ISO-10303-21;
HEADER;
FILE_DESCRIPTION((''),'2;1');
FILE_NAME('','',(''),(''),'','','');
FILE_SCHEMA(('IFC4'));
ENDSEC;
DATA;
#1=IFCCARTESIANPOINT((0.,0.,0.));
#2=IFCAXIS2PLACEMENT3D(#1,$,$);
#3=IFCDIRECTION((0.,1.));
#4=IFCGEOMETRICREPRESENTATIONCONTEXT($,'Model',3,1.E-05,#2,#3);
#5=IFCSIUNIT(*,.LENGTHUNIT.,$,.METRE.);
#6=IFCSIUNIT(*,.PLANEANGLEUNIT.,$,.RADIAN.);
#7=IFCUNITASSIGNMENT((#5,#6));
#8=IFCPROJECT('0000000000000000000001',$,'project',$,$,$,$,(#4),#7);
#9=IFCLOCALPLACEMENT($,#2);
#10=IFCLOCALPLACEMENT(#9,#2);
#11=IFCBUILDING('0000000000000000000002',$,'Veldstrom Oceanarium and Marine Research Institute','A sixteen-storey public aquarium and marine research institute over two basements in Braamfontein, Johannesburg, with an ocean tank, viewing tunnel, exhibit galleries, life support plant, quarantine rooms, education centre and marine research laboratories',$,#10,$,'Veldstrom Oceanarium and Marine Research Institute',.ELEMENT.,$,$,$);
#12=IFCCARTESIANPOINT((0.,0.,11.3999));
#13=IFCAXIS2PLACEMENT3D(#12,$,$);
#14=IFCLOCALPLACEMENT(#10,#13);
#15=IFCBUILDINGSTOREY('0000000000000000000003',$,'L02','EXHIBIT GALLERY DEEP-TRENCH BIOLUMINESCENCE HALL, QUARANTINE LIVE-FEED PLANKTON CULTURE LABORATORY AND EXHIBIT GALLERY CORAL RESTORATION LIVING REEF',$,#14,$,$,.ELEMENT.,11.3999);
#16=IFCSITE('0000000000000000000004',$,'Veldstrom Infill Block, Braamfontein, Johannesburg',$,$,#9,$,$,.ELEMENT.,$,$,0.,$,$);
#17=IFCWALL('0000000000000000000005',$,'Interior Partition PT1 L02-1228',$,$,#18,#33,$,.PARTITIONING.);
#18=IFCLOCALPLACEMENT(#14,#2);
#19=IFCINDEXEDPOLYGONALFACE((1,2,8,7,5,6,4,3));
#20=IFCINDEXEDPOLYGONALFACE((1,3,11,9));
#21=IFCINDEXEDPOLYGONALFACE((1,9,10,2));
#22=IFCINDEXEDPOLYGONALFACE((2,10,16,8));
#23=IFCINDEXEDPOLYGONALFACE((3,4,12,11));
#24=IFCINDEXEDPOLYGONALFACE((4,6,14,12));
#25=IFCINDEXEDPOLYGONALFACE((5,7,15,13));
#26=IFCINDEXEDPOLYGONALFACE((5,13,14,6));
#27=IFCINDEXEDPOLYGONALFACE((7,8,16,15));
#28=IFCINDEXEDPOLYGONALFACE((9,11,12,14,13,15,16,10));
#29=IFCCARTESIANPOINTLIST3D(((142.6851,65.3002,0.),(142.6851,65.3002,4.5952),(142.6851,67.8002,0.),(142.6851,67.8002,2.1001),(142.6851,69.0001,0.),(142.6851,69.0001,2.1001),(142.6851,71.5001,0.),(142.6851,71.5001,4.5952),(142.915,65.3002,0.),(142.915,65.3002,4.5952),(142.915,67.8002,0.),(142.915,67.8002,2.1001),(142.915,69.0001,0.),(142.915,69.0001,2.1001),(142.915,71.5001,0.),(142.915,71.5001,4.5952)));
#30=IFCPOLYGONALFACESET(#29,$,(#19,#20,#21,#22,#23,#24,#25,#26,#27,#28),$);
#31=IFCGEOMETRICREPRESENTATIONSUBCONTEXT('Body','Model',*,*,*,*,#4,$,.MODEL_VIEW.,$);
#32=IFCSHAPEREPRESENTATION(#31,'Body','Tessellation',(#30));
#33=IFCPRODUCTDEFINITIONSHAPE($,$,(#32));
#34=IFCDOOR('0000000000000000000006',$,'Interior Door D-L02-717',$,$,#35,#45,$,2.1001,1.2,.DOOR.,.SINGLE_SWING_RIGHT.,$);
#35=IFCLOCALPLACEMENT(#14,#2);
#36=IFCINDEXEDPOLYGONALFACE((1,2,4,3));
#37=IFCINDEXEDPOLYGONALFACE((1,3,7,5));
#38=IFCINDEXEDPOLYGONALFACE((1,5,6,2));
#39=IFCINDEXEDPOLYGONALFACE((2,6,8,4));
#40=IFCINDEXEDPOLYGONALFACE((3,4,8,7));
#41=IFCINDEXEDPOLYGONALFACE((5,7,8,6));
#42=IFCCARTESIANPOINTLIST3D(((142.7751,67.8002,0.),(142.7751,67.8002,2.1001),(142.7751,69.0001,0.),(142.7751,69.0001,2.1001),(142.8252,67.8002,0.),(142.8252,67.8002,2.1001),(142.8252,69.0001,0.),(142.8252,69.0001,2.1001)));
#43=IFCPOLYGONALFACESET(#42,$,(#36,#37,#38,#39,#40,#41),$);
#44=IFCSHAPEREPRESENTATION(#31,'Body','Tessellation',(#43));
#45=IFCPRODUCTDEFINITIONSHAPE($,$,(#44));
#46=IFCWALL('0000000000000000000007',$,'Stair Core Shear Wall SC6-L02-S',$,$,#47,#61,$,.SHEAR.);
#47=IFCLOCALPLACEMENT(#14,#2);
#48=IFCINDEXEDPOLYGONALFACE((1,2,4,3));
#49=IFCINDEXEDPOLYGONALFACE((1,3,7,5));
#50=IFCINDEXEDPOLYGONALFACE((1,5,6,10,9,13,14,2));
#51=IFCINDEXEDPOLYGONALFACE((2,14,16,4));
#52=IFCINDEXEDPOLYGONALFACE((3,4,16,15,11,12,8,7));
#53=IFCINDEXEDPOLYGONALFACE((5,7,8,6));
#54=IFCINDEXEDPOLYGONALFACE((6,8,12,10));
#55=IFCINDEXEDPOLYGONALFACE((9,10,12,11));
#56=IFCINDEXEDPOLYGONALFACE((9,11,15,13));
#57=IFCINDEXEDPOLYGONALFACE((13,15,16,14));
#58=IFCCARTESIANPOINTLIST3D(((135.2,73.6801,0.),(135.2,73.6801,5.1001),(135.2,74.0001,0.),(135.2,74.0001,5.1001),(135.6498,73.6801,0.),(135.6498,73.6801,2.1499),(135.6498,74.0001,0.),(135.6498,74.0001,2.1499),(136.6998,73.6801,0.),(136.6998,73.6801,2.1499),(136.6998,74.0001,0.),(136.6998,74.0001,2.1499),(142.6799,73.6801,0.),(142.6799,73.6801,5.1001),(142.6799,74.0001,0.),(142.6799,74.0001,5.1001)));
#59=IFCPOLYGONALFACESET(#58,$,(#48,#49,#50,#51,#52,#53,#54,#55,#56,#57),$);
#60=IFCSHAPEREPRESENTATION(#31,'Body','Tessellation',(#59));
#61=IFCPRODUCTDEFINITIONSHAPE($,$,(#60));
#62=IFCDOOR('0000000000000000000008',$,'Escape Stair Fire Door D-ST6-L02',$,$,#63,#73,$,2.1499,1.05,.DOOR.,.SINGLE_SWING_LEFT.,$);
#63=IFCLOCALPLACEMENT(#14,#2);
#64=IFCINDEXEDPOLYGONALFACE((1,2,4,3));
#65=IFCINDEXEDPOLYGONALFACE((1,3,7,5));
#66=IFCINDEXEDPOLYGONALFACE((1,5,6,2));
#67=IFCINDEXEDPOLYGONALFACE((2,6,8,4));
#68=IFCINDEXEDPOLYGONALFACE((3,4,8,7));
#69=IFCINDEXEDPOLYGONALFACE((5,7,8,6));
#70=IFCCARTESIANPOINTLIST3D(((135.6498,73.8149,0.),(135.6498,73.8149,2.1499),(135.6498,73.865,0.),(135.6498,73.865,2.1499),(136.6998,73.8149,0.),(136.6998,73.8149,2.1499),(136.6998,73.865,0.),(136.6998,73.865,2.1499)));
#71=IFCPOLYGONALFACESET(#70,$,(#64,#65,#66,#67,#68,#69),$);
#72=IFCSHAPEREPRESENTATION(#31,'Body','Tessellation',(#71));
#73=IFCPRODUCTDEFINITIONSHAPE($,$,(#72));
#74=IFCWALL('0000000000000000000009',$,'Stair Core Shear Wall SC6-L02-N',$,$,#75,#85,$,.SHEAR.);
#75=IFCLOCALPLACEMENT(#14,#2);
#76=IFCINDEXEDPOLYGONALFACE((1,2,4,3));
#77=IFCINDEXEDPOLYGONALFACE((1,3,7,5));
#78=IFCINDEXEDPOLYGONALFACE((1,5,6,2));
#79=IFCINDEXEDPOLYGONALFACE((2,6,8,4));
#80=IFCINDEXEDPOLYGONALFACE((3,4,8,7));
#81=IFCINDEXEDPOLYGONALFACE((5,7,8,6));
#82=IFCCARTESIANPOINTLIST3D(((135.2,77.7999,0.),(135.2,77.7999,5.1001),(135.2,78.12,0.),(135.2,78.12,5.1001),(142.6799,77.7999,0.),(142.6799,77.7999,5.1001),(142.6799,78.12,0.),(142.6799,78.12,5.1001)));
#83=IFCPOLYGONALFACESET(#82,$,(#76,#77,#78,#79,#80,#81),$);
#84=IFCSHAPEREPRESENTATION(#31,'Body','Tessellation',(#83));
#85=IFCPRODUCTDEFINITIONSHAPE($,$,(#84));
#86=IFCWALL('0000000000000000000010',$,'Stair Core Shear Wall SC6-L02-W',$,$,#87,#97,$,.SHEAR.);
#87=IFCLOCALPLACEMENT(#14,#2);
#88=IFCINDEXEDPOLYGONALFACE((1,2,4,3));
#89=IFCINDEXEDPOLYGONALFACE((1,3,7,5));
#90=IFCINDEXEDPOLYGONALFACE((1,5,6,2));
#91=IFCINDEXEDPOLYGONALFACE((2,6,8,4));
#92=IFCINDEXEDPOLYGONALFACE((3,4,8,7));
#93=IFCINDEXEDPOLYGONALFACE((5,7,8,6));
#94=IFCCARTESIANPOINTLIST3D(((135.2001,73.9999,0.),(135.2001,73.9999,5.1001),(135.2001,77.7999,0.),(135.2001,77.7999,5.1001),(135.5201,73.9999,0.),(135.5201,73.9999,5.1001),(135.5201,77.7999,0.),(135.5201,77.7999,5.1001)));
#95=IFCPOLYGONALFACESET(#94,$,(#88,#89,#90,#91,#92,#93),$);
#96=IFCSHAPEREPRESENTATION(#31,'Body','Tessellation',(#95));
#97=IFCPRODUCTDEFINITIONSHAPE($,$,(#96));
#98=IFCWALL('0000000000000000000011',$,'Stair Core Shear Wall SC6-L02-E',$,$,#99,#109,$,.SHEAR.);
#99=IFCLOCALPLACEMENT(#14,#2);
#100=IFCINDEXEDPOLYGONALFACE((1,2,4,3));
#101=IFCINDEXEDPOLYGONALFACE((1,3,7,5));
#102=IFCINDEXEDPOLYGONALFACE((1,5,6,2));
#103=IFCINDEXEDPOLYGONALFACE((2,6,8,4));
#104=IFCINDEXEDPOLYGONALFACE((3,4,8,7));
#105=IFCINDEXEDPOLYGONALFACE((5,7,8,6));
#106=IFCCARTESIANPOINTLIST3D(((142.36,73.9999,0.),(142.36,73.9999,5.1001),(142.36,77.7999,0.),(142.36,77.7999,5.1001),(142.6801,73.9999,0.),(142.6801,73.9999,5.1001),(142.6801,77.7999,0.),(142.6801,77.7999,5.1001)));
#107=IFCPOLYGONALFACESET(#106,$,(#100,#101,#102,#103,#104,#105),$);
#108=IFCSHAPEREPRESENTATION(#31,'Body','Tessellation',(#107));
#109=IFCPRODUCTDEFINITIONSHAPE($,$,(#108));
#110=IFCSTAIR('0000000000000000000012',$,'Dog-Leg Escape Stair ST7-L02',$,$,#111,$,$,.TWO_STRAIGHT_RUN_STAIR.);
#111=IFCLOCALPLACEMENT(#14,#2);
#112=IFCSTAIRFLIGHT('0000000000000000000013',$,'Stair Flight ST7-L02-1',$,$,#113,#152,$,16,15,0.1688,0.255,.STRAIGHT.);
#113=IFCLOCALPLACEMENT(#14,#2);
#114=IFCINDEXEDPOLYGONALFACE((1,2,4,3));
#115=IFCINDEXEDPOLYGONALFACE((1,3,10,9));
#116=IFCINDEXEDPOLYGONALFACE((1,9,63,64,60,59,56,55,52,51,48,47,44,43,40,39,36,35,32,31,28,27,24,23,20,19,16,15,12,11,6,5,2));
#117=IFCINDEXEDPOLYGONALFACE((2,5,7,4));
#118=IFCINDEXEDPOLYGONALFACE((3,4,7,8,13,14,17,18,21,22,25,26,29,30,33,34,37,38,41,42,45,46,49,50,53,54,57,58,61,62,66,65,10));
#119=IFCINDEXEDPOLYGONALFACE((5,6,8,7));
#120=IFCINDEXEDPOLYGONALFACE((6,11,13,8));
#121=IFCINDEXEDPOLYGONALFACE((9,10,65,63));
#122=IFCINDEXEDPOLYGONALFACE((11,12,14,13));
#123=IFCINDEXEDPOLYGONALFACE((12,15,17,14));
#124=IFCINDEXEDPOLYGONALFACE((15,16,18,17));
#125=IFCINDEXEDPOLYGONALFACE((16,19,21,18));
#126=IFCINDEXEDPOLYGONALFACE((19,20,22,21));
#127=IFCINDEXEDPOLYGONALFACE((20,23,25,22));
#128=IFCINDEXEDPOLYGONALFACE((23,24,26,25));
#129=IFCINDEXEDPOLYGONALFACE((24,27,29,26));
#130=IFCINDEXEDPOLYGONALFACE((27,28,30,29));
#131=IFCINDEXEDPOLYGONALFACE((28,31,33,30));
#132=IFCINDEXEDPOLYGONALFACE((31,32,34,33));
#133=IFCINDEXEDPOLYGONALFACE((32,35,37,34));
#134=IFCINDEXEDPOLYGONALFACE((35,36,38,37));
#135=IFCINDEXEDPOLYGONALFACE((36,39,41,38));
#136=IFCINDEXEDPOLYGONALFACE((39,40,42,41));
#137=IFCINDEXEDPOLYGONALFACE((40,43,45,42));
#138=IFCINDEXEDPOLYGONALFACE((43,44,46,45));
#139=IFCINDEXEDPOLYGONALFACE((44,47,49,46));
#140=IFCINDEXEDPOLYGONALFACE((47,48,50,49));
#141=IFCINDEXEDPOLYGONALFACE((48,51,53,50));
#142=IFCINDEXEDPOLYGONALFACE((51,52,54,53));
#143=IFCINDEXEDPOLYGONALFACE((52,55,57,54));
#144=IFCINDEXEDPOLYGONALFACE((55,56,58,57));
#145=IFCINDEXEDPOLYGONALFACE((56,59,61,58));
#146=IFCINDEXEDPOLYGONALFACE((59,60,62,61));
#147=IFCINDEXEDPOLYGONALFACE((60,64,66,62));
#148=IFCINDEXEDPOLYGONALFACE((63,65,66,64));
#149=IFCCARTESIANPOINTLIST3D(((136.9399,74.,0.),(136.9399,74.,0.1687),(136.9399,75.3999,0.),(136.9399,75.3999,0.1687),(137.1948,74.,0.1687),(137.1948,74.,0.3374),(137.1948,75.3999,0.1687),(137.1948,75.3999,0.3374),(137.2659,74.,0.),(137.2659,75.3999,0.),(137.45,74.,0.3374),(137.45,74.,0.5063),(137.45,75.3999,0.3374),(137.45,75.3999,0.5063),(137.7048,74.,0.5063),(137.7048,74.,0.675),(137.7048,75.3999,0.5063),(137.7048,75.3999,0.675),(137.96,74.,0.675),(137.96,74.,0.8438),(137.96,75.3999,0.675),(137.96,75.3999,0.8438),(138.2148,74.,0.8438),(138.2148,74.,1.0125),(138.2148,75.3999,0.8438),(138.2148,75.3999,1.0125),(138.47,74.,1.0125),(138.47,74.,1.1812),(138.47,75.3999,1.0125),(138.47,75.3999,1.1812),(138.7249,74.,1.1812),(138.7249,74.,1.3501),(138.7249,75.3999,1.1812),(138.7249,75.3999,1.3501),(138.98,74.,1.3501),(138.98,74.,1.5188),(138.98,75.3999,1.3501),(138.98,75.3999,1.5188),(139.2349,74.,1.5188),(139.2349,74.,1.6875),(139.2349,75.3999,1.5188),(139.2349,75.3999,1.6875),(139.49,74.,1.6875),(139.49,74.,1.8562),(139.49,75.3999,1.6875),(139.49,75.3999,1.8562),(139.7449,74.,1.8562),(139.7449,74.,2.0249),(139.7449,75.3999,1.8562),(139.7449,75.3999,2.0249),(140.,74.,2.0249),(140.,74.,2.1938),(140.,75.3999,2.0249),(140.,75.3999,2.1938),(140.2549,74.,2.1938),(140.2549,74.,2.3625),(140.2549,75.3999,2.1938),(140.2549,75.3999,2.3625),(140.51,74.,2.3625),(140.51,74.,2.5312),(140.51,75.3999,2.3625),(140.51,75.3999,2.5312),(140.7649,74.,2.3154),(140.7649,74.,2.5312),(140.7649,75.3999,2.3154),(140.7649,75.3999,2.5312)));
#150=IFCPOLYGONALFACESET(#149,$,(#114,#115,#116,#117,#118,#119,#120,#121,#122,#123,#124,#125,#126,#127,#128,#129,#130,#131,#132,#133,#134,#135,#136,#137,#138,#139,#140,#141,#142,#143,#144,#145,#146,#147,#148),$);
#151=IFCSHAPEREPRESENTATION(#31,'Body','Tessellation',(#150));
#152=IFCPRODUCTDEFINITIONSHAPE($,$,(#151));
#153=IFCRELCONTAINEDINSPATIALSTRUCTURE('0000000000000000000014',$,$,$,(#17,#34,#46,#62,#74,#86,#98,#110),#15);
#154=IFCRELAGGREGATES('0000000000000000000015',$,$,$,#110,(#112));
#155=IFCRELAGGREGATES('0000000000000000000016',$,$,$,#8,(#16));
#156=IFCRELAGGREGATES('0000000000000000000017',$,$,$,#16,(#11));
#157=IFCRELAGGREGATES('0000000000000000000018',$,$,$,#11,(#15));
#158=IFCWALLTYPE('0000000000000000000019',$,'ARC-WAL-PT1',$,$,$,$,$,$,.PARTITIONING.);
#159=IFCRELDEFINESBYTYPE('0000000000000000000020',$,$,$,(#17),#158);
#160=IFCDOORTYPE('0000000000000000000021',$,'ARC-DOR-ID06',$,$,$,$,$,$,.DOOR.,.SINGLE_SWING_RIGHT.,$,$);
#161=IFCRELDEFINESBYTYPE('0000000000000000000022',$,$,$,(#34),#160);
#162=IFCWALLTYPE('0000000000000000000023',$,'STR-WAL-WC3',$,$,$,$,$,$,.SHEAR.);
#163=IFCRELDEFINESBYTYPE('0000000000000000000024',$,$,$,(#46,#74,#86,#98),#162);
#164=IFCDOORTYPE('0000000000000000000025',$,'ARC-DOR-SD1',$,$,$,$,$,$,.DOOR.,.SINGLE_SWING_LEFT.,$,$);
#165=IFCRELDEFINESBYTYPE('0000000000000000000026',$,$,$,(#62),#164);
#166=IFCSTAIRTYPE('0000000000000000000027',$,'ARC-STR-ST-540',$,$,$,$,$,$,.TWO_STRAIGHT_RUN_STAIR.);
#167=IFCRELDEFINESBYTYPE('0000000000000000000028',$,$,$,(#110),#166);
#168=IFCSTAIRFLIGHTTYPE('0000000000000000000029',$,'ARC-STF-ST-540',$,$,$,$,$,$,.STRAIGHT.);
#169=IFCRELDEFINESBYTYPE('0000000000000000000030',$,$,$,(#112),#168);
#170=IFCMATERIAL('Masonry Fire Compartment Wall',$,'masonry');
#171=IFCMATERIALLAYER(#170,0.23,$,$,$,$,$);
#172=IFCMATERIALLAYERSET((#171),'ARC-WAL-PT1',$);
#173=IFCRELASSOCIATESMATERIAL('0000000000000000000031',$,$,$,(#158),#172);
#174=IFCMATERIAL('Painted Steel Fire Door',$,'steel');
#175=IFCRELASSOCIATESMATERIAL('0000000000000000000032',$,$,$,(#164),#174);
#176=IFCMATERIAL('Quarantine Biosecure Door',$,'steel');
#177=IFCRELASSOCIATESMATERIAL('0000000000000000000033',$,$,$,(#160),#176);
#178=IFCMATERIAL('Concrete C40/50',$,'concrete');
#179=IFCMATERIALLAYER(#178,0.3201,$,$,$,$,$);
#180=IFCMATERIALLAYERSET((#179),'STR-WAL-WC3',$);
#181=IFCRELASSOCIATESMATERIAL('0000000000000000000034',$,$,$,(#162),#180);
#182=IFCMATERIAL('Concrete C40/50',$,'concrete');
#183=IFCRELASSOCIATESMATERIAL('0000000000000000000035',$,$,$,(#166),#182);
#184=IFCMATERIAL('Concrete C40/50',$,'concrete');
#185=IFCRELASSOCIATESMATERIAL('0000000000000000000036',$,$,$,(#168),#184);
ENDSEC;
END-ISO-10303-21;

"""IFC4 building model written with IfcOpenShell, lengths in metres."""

from ifc_helpers import new_model, si_unit, direction, frame, frame_2d, origin, place, context, subcontext, project, spatial, polyline, rectangle, outline, extrude, material, layer, layer_set, type_object, element, fill, aggregate, save


model = new_model("IFC4")

# Units and contexts
model_context = context("Model", 3, precision=1e-05, world=origin(), true_north=direction((0.0, 1.0)))
body_context = subcontext(model_context, "Body", "Model", "MODEL_VIEW")
ifc_project = project(units=[si_unit("LENGTHUNIT", "METRE"), si_unit("PLANEANGLEUNIT", "RADIAN")], contexts=[model_context])

# Site, building, storey
site_placement = place(None, origin())
site = spatial("IfcSite", under=ifc_project, at=site_placement, Name="Veldstrom Infill Block, Braamfontein, Johannesburg", CompositionType="ELEMENT", RefElevation=0.0)
building_placement = place(site_placement, origin())
building = spatial("IfcBuilding", under=site, at=building_placement, Name="Veldstrom Oceanarium and Marine Research Institute", Description="A sixteen-storey public aquarium and marine research institute over two basements in Braamfontein, Johannesburg, with an ocean tank, viewing tunnel, exhibit galleries, life support plant, quarantine rooms, education centre and marine research laboratories", LongName="Veldstrom Oceanarium and Marine Research Institute", CompositionType="ELEMENT")
storey_placement = place(building_placement, frame((0.0, 0.0, 11.3999)))
storey = spatial("IfcBuildingStorey", under=building, at=storey_placement, Name="L02", Description="EXHIBIT GALLERY DEEP-TRENCH BIOLUMINESCENCE HALL, QUARANTINE LIVE-FEED PLANKTON CULTURE LABORATORY AND EXHIBIT GALLERY CORAL RESTORATION LIVING REEF", CompositionType="ELEMENT", Elevation=11.3999)

# Walls, openings, doors
ifc_material_1 = material(Name="Masonry Fire Compartment Wall", Category="masonry")
ifc_layer_1 = layer(ifc_material_1, 0.23)
ifc_layer_set_1 = layer_set([ifc_layer_1], Name="ARC-WAL-PT1")
wall_type_1 = type_object("IfcWallType", Name="ARC-WAL-PT1", PredefinedType="PARTITIONING", material=ifc_layer_set_1)
ifc_material_2 = material(Name="Painted Steel Fire Door", Category="steel")
door_type_1 = type_object("IfcDoorType", Name="ARC-DOR-SD1", OperationType="SINGLE_SWING_LEFT", PredefinedType="DOOR", material=ifc_material_2)
wall_1_placement = place(storey_placement, frame((142.8, 65.3, 0.0), z_axis=(0.0, 0.0, 1.0), x_axis=(0.0, 1.0, 0.0)))
wall_1 = element("IfcWall", 1, at=wall_1_placement, inside=storey, type_object=wall_type_1, Name="Interior Partition PT1 L02-1228", PredefinedType="PARTITIONING", context=body_context, shape_type="SweptSolid", body=[
    extrude(rectangle(XDim=6.2, YDim=0.23, at=frame_2d((3.1001, 0.0))), origin(), (0.0, 0.0, 1.0), 4.5952),
])
opening_1_placement = place(wall_1_placement, frame((2.5, 0.0, 0.0)))
opening_1 = element("IfcOpeningElement", 2, at=opening_1_placement, cuts=wall_1, PredefinedType="OPENING", context=body_context, shape_type="SweptSolid", body=[
    extrude(rectangle(XDim=1.2, YDim=2.1001, at=frame_2d((0.6001, 1.05))), frame((0.0, 0.125, 0.0), z_axis=(0.0, -1.0, 0.0), x_axis=(1.0, 0.0, 0.0)), (0.0, 0.0, 1.0), 0.25),
])
ifc_material_3 = material(Name="Quarantine Biosecure Door", Category="steel")
door_type_2 = type_object("IfcDoorType", Name="ARC-DOR-ID06", OperationType="SINGLE_SWING_RIGHT", PredefinedType="DOOR", material=ifc_material_3)
door_1_placement = place(opening_1_placement, origin())
door_1 = element("IfcDoor", 3, at=door_1_placement, inside=storey, type_object=door_type_2, Name="Interior Door D-L02-717", OperationType="SINGLE_SWING_RIGHT", OverallHeight=2.1001, OverallWidth=1.2, PredefinedType="DOOR", context=body_context, shape_type="SweptSolid", body=[
    extrude(rectangle(XDim=1.2, YDim=2.1001, at=frame_2d((0.6001, 1.05))), frame((0.0, 0.0249, 0.0), z_axis=(0.0, -1.0, 0.0), x_axis=(1.0, 0.0, 0.0)), (0.0, 0.0, 1.0), 0.05),
])
fill(opening_1, door_1)
ifc_material_4 = material(Name="Concrete C40/50", Category="concrete")
ifc_layer_2 = layer(ifc_material_4, 0.3201)
ifc_layer_set_2 = layer_set([ifc_layer_2], Name="STR-WAL-WC3")
wall_type_2 = type_object("IfcWallType", Name="STR-WAL-WC3", PredefinedType="SHEAR", material=ifc_layer_set_2)
wall_2_placement = place(storey_placement, frame((135.2, 73.8401, 0.0), z_axis=(0.0, 0.0, 1.0), x_axis=(1.0, 0.0, 0.0)))
wall_2 = element("IfcWall", 4, at=wall_2_placement, inside=storey, type_object=wall_type_2, Name="Stair Core Shear Wall SC6-L02-S", PredefinedType="SHEAR", context=body_context, shape_type="SweptSolid", body=[
    extrude(rectangle(XDim=7.48, YDim=0.3201, at=frame_2d((3.74, 0.0))), origin(), (0.0, 0.0, 1.0), 5.1001),
])
opening_2_placement = place(wall_2_placement, frame((0.45, 0.0, 0.0)))
opening_2 = element("IfcOpeningElement", 5, at=opening_2_placement, cuts=wall_2, PredefinedType="OPENING", context=body_context, shape_type="SweptSolid", body=[
    extrude(rectangle(XDim=1.05, YDim=2.1499, at=frame_2d((0.5249, 1.075))), frame((0.0, 0.1699, 0.0), z_axis=(0.0, -1.0, 0.0), x_axis=(1.0, 0.0, 0.0)), (0.0, 0.0, 1.0), 0.3401),
])
door_2_placement = place(opening_2_placement, origin())
door_2 = element("IfcDoor", 6, at=door_2_placement, inside=storey, type_object=door_type_1, Name="Escape Stair Fire Door D-ST6-L02", OperationType="SINGLE_SWING_LEFT", OverallHeight=2.1499, OverallWidth=1.05, PredefinedType="DOOR", context=body_context, shape_type="SweptSolid", body=[
    extrude(rectangle(XDim=1.05, YDim=2.1499, at=frame_2d((0.5249, 1.075))), frame((0.0, 0.0249, 0.0), z_axis=(0.0, -1.0, 0.0), x_axis=(1.0, 0.0, 0.0)), (0.0, 0.0, 1.0), 0.05),
])
fill(opening_2, door_2)

# Walls
wall_3_placement = place(storey_placement, frame((135.2, 77.96, 0.0), z_axis=(0.0, 0.0, 1.0), x_axis=(1.0, 0.0, 0.0)))
element("IfcWall", 7, at=wall_3_placement, inside=storey, type_object=wall_type_2, Name="Stair Core Shear Wall SC6-L02-N", PredefinedType="SHEAR", context=body_context, shape_type="SweptSolid", body=[
    extrude(rectangle(XDim=7.48, YDim=0.3201, at=frame_2d((3.74, 0.0))), origin(), (0.0, 0.0, 1.0), 5.1001),
])
for number, where, z_axis, x_axis, name in (
    (8, (135.3601, 74.0, 0.0), (0.0, 0.0, 1.0), (0.0, 1.0, 0.0), "Stair Core Shear Wall SC6-L02-W"),
    (9, (142.52, 74.0, 0.0), (0.0, 0.0, 1.0), (0.0, 1.0, 0.0), "Stair Core Shear Wall SC6-L02-E"),
):
    element("IfcWall", number, at=place(storey_placement, frame(where, z_axis=z_axis, x_axis=x_axis)), inside=storey, type_object=wall_type_2, Name=name, PredefinedType="SHEAR", context=body_context, shape_type="SweptSolid", body=[
        extrude(rectangle(XDim=3.8, YDim=0.3201, at=frame_2d((1.8999, 0.0))), origin(), (0.0, 0.0, 1.0), 5.1001),
    ])

# Stair, stair flight
ifc_material_5 = material(Name="Concrete C40/50", Category="concrete")
stair_type = type_object("IfcStairType", Name="ARC-STR-ST-540", PredefinedType="TWO_STRAIGHT_RUN_STAIR", material=ifc_material_5)
stair_placement = place(storey_placement, origin())
stair = element("IfcStair", 10, at=stair_placement, inside=storey, type_object=stair_type, Name="Dog-Leg Escape Stair ST7-L02", PredefinedType="TWO_STRAIGHT_RUN_STAIR")
ifc_material_6 = material(Name="Concrete C40/50", Category="concrete")
stair_flight_type = type_object("IfcStairFlightType", Name="ARC-STF-ST-540", PredefinedType="STRAIGHT", material=ifc_material_6)
stair_flight_1_placement = place(storey_placement, frame((136.9399, 74.7, 0.0), z_axis=(0.0, 0.0, 1.0), x_axis=(1.0, 0.0, 0.0)))
stair_flight_1 = element("IfcStairFlight", 11, at=stair_flight_1_placement, type_object=stair_flight_type, Name="Stair Flight ST7-L02-1", NumberOfRisers=16, NumberOfTreads=15, PredefinedType="STRAIGHT", RiserHeight=0.1688, TreadLength=0.255, context=body_context, shape_type="SweptSolid", body=[
    extrude(outline(polyline([(0.0, 0.0), (0.0, 0.1687), (0.2549, 0.1687), (0.2549, 0.3374), (0.51, 0.3374), (0.51, 0.5063), (0.7649, 0.5063), (0.7649, 0.675), (1.02, 0.675), (1.02, 0.8438), (1.2749, 0.8438), (1.2749, 1.0125), (1.53, 1.0125), (1.53, 1.1812), (1.7849, 1.1812), (1.7849, 1.3501), (2.04, 1.3501), (2.04, 1.5188), (2.2949, 1.5188), (2.2949, 1.6875), (2.55, 1.6875), (2.55, 1.8562), (2.8049, 1.8562), (2.8049, 2.0249), (3.0601, 2.0249), (3.0601, 2.1938), (3.3149, 2.1938), (3.3149, 2.3625), (3.5701, 2.3625), (3.5701, 2.5312), (3.825, 2.5312), (3.825, 2.7), (3.825, 2.3154), (0.3259, 0.0), (0.0, 0.0)])), frame((0.0, 0.7, 0.0), z_axis=(0.0, -1.0, 0.0), x_axis=(1.0, 0.0, 0.0)), (0.0, 0.0, 1.0), 1.3999),
])
aggregate(stair, [stair_flight_1])

save(model, "model.ifc")
